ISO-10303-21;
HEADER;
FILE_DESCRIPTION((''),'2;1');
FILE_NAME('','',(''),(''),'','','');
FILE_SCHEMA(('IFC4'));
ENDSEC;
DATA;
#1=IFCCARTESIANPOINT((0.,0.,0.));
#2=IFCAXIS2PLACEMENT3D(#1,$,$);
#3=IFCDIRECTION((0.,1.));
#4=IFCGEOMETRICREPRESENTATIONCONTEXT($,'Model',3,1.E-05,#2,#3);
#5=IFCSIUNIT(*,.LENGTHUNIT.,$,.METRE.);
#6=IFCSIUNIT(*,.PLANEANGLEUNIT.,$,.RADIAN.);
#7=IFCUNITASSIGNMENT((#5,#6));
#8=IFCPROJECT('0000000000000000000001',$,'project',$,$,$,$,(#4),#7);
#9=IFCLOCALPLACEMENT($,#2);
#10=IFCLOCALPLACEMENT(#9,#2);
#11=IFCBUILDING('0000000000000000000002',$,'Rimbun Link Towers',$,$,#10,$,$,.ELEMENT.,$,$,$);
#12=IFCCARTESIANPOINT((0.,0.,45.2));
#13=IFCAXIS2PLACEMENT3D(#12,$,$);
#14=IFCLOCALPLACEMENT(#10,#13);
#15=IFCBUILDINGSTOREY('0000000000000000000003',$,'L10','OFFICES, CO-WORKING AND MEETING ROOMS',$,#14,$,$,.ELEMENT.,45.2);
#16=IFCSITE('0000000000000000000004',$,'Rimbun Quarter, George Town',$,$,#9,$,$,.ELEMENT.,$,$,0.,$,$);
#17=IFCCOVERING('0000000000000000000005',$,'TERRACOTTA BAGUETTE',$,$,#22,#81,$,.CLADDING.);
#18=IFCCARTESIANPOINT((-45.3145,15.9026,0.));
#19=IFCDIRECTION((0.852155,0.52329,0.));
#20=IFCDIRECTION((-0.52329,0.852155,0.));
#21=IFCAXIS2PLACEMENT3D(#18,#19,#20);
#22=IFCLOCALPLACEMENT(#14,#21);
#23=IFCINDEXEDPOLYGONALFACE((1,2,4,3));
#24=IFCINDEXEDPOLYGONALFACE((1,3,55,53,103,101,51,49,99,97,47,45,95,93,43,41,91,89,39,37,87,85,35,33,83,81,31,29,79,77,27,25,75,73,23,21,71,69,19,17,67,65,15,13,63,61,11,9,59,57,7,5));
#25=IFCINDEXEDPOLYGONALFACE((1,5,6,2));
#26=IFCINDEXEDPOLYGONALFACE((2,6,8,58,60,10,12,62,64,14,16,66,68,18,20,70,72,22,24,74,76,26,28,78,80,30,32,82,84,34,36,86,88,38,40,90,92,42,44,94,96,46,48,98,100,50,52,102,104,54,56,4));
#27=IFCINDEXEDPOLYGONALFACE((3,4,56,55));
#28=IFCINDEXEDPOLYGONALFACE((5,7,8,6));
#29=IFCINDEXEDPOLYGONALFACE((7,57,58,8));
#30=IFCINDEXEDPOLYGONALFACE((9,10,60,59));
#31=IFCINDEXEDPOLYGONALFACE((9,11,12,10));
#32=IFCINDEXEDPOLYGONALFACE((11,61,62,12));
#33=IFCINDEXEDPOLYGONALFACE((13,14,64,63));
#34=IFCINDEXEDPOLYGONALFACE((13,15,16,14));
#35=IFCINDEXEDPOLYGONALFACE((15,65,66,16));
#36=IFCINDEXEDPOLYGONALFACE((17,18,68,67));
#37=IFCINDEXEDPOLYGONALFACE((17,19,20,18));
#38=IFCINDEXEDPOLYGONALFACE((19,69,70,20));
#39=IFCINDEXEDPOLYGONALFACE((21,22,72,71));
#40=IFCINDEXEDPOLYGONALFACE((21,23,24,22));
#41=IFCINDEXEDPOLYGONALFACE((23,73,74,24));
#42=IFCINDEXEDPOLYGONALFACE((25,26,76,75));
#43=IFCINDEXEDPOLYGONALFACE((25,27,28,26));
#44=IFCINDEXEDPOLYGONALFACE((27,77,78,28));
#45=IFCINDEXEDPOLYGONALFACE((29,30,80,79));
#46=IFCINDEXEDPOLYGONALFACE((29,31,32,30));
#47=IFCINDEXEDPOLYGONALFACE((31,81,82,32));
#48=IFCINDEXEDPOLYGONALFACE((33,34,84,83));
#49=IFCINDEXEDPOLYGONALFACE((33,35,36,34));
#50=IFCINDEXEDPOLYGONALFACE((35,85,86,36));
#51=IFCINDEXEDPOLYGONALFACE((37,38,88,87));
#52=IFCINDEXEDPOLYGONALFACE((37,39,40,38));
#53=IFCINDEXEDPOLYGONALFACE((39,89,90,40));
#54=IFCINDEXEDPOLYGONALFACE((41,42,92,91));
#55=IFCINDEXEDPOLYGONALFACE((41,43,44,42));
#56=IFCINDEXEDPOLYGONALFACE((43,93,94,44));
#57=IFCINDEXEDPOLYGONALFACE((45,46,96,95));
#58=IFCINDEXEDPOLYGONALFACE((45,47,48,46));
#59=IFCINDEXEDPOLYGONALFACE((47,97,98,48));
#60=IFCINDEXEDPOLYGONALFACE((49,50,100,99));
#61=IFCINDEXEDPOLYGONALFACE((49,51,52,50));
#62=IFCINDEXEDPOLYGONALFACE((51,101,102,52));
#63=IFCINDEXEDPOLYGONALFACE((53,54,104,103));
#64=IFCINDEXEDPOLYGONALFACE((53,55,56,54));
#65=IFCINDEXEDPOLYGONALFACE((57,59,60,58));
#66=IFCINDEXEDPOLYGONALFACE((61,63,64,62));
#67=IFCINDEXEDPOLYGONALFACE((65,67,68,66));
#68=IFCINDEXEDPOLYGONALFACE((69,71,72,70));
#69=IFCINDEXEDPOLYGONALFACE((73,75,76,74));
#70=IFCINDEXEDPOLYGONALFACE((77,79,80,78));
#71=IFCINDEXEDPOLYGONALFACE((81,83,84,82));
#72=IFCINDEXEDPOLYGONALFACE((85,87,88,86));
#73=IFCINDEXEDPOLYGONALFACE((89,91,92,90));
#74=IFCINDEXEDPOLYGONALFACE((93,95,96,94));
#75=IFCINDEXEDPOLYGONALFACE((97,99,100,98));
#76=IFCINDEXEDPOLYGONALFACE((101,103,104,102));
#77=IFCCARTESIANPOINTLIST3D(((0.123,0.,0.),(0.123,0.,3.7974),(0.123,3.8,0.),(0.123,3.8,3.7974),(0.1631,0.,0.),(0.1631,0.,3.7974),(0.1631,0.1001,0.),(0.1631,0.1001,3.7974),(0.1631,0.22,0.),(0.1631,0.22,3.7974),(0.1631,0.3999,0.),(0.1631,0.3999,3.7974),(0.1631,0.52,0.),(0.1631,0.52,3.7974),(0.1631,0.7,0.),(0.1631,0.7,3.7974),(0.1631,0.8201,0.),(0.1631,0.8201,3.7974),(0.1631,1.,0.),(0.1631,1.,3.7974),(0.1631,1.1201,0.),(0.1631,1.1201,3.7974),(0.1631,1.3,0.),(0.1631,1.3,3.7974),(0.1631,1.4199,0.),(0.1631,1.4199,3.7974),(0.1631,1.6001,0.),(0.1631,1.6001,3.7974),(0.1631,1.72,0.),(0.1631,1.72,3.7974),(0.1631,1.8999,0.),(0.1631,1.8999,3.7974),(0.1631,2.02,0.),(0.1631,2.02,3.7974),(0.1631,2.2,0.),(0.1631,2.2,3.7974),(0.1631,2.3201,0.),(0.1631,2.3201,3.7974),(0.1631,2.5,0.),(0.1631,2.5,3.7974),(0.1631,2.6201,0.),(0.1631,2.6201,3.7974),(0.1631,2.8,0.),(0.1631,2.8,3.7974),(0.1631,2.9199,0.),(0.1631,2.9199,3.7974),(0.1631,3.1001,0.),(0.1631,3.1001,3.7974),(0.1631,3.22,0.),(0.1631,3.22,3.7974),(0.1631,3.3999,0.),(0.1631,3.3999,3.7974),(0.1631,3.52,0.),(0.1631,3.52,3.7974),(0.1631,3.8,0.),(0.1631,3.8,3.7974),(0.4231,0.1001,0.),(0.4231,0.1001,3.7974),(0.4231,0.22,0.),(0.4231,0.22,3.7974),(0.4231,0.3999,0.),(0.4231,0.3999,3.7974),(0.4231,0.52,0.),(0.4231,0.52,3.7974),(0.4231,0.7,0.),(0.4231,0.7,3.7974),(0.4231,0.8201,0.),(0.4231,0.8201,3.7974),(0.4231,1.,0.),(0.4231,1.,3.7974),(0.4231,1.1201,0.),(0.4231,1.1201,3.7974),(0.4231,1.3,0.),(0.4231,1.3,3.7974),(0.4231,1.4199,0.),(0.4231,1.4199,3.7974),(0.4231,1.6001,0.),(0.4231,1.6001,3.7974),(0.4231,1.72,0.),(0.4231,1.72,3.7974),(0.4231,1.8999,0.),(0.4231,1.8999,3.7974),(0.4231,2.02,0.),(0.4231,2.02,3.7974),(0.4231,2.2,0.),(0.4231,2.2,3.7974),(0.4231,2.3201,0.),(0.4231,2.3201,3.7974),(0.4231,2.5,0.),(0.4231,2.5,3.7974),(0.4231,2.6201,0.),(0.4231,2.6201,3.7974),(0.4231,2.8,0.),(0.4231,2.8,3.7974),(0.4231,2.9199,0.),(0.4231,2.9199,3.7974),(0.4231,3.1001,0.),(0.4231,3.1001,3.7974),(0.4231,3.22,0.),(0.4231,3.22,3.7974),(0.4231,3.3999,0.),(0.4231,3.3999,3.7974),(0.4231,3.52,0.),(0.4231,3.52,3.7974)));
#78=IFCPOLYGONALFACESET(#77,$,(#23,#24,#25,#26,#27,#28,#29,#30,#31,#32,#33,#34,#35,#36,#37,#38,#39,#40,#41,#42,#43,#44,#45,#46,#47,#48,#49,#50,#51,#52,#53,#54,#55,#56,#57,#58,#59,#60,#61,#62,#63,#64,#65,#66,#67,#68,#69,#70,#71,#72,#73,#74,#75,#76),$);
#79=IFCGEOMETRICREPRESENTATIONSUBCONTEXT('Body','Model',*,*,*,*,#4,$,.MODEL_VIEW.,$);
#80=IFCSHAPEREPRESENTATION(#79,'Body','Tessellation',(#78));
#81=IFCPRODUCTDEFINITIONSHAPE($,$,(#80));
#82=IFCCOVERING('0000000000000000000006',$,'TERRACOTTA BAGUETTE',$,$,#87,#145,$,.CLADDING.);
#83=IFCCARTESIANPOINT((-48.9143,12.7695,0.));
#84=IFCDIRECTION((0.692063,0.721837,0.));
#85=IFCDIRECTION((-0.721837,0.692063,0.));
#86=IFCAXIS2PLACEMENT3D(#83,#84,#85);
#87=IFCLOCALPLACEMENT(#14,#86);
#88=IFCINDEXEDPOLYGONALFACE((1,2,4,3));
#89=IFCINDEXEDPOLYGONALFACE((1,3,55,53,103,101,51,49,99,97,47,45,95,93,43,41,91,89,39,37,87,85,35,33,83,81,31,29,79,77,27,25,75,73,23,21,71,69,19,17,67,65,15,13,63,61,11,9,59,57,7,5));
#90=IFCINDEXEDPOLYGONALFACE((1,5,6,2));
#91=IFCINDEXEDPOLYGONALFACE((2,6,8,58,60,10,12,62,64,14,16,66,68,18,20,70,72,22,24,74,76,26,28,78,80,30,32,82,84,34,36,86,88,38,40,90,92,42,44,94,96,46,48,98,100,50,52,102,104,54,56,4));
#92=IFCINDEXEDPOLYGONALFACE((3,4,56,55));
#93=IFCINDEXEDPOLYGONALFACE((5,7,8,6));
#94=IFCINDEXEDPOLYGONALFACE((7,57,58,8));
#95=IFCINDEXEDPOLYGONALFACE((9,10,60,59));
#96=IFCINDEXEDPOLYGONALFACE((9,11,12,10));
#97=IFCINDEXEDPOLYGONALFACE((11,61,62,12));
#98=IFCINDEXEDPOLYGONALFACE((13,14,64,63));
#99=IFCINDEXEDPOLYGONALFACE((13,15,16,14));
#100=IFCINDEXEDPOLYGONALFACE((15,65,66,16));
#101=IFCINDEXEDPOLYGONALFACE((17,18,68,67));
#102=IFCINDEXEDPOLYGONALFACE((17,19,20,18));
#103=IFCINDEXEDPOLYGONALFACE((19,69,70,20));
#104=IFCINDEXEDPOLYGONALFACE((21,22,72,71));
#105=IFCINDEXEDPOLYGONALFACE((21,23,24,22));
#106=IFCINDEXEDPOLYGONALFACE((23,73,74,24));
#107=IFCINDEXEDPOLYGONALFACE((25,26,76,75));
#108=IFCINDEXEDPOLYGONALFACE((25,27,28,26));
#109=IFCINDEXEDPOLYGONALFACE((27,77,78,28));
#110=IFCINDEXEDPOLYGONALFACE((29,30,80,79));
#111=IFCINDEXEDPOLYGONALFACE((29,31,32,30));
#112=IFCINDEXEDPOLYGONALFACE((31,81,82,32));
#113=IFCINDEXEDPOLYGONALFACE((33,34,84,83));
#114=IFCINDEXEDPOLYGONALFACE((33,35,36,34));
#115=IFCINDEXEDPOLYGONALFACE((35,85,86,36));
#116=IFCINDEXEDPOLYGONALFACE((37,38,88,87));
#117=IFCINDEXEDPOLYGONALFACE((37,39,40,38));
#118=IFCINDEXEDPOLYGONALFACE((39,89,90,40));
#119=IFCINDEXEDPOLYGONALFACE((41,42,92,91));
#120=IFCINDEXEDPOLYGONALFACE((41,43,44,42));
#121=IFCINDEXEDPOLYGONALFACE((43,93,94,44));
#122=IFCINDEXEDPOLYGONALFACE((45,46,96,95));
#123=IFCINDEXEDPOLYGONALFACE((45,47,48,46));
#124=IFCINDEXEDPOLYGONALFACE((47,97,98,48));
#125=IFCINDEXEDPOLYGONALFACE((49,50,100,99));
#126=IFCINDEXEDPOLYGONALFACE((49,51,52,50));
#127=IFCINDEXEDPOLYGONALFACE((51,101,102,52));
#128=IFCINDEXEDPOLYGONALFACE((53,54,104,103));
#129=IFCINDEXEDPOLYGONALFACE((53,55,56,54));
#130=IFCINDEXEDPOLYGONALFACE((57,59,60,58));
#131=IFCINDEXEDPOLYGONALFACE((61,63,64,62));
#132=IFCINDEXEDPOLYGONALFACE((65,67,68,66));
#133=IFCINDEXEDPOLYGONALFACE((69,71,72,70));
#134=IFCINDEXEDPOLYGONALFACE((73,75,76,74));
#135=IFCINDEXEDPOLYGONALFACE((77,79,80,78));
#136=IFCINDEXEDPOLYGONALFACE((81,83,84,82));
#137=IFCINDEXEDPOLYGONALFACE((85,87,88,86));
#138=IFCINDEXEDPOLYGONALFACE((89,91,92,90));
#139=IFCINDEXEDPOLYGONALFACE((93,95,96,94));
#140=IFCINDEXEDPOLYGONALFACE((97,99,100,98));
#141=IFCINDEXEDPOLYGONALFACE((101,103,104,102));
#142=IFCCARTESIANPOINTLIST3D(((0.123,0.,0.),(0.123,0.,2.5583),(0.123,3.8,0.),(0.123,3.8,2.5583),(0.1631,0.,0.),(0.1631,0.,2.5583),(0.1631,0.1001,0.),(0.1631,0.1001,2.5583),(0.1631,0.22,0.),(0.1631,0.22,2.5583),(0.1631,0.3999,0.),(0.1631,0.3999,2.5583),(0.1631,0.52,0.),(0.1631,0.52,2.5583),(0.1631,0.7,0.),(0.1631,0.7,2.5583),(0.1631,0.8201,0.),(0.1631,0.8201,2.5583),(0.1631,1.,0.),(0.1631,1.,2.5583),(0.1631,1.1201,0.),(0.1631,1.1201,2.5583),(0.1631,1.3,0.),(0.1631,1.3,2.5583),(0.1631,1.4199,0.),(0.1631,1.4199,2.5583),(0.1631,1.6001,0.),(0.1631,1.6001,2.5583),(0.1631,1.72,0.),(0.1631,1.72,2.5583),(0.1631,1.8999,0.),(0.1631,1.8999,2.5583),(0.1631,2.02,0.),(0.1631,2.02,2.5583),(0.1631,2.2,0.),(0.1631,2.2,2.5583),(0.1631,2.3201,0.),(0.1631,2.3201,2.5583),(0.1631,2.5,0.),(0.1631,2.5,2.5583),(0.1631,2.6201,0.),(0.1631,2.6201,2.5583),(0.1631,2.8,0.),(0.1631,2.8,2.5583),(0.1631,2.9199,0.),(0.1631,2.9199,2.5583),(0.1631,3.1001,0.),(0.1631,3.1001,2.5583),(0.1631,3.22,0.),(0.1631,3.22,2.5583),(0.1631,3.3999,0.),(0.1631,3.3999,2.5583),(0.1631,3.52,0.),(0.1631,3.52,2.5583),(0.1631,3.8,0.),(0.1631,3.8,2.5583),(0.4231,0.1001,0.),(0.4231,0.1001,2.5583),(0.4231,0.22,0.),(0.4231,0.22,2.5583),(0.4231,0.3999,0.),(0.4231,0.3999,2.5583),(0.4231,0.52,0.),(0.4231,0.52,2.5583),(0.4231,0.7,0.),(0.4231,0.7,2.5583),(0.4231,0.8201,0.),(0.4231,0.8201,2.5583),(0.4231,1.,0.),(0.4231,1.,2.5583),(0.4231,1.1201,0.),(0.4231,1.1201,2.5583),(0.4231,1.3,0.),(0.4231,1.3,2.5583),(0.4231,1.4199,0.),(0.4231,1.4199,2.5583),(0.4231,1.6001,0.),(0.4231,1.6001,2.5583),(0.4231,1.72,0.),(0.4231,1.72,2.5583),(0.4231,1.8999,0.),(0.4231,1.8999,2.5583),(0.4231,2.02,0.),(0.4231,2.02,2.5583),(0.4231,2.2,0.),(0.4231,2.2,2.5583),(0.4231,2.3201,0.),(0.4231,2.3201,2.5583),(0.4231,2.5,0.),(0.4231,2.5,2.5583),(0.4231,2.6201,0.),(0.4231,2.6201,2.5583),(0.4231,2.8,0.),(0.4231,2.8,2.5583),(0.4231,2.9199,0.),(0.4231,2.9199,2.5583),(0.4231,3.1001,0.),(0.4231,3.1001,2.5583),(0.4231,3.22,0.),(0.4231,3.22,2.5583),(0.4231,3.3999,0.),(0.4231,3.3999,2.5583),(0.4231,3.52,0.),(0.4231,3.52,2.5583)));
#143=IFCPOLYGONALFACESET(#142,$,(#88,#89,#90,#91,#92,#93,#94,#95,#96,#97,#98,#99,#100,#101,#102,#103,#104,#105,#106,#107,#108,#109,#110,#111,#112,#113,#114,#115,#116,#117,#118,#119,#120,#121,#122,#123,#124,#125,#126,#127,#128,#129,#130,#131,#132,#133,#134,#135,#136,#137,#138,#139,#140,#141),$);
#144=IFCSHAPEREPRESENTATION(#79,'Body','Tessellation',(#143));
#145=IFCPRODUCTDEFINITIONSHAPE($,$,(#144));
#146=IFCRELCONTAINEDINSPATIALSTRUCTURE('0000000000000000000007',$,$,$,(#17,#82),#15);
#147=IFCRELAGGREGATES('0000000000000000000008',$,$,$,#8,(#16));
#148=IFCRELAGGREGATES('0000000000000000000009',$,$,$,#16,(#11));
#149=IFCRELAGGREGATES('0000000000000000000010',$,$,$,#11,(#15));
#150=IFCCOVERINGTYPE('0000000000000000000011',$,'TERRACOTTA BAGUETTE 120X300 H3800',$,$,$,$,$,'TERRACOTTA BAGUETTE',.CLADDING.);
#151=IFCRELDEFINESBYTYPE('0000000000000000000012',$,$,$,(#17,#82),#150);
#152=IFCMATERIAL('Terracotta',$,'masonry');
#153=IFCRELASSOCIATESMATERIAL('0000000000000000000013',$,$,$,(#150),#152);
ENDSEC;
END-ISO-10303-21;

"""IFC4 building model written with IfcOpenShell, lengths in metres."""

from ifc_helpers import new_model, si_unit, direction, frame, origin, place, context, subcontext, project, spatial, polyline, outline, extrude, material, material_profile, profile_set, type_object, element, save


model = new_model("IFC4")

# Units and contexts
model_context = context("Model", 3, precision=1e-05, world=origin(), true_north=direction((0.0, 1.0)))
body_context = subcontext(model_context, "Body", "Model", "MODEL_VIEW")
ifc_project = project(units=[si_unit("LENGTHUNIT", "METRE"), si_unit("PLANEANGLEUNIT", "RADIAN")], contexts=[model_context])

# Site, building, storey
site_placement = place(None, origin())
site = spatial("IfcSite", under=ifc_project, at=site_placement, Name="Rimbun Quarter, George Town", CompositionType="ELEMENT", RefElevation=0.0)
building_placement = place(site_placement, origin())
building = spatial("IfcBuilding", under=site, at=building_placement, Name="Rimbun Link Towers", CompositionType="ELEMENT")
storey_placement = place(building_placement, frame((0.0, 0.0, 45.2)))
storey = spatial("IfcBuildingStorey", under=building, at=storey_placement, Name="L10", Description="OFFICES, CO-WORKING AND MEETING ROOMS", CompositionType="ELEMENT", Elevation=45.2)

# Coverings
ifc_material_1 = material(Name="Terracotta", Category="masonry")
ifc_material_profile_1 = material_profile(ifc_material_1, outline(polyline([(0.123, 0.0), (0.1631, 0.0), (0.1631, 0.1001), (0.4231, 0.1001), (0.4231, 0.22), (0.1631, 0.22), (0.1631, 0.3999), (0.4231, 0.3999), (0.4231, 0.52), (0.1631, 0.52), (0.1631, 0.7), (0.4231, 0.7), (0.4231, 0.8201), (0.1631, 0.8201), (0.1631, 1.0), (0.4231, 1.0), (0.4231, 1.1201), (0.1631, 1.1201), (0.1631, 1.3), (0.4231, 1.3), (0.4231, 1.4199), (0.1631, 1.4199), (0.1631, 1.6001), (0.4231, 1.6001), (0.4231, 1.72), (0.1631, 1.72), (0.1631, 1.8999), (0.4231, 1.8999), (0.4231, 2.02), (0.1631, 2.02), (0.1631, 2.2), (0.4231, 2.2), (0.4231, 2.3201), (0.1631, 2.3201), (0.1631, 2.5), (0.4231, 2.5), (0.4231, 2.6201), (0.1631, 2.6201), (0.1631, 2.8), (0.4231, 2.8), (0.4231, 2.9199), (0.1631, 2.9199), (0.1631, 3.1001), (0.4231, 3.1001), (0.4231, 3.22), (0.1631, 3.22), (0.1631, 3.3999), (0.4231, 3.3999), (0.4231, 3.52), (0.1631, 3.52), (0.1631, 3.8), (0.123, 3.8), (0.123, 0.0)])), Name="BAGUETTE 120X300")
ifc_profile_set_1 = profile_set([ifc_material_profile_1], Name="Terracotta")
covering_type = type_object("IfcCoveringType", Name="TERRACOTTA BAGUETTE 120X300 H3800", ElementType="TERRACOTTA BAGUETTE", PredefinedType="CLADDING", material=ifc_profile_set_1)
covering_1_placement = place(storey_placement, frame((-45.3145, 15.9026, 0.0), z_axis=(0.852155, 0.52329, 0.0), x_axis=(-0.52329, 0.852155, 0.0)))
element("IfcCovering", 1, at=covering_1_placement, inside=storey, type_object=covering_type, Name="TERRACOTTA BAGUETTE", PredefinedType="CLADDING", context=body_context, shape_type="SweptSolid", body=[
    extrude(outline(polyline([(0.123, 0.0), (0.1631, 0.0), (0.1631, 0.1001), (0.4231, 0.1001), (0.4231, 0.22), (0.1631, 0.22), (0.1631, 0.3999), (0.4231, 0.3999), (0.4231, 0.52), (0.1631, 0.52), (0.1631, 0.7), (0.4231, 0.7), (0.4231, 0.8201), (0.1631, 0.8201), (0.1631, 1.0), (0.4231, 1.0), (0.4231, 1.1201), (0.1631, 1.1201), (0.1631, 1.3), (0.4231, 1.3), (0.4231, 1.4199), (0.1631, 1.4199), (0.1631, 1.6001), (0.4231, 1.6001), (0.4231, 1.72), (0.1631, 1.72), (0.1631, 1.8999), (0.4231, 1.8999), (0.4231, 2.02), (0.1631, 2.02), (0.1631, 2.2), (0.4231, 2.2), (0.4231, 2.3201), (0.1631, 2.3201), (0.1631, 2.5), (0.4231, 2.5), (0.4231, 2.6201), (0.1631, 2.6201), (0.1631, 2.8), (0.4231, 2.8), (0.4231, 2.9199), (0.1631, 2.9199), (0.1631, 3.1001), (0.4231, 3.1001), (0.4231, 3.22), (0.1631, 3.22), (0.1631, 3.3999), (0.4231, 3.3999), (0.4231, 3.52), (0.1631, 3.52), (0.1631, 3.8), (0.123, 3.8), (0.123, 0.0)])), origin(), (0.0, 0.0, 1.0), 3.7974),
])
covering_2_placement = place(storey_placement, frame((-48.9143, 12.7695, 0.0), z_axis=(0.692063, 0.721837, 0.0), x_axis=(-0.721837, 0.692063, 0.0)))
element("IfcCovering", 2, at=covering_2_placement, inside=storey, type_object=covering_type, Name="TERRACOTTA BAGUETTE", PredefinedType="CLADDING", context=body_context, shape_type="SweptSolid", body=[
    extrude(outline(polyline([(0.123, 0.0), (0.1631, 0.0), (0.1631, 0.1001), (0.4231, 0.1001), (0.4231, 0.22), (0.1631, 0.22), (0.1631, 0.3999), (0.4231, 0.3999), (0.4231, 0.52), (0.1631, 0.52), (0.1631, 0.7), (0.4231, 0.7), (0.4231, 0.8201), (0.1631, 0.8201), (0.1631, 1.0), (0.4231, 1.0), (0.4231, 1.1201), (0.1631, 1.1201), (0.1631, 1.3), (0.4231, 1.3), (0.4231, 1.4199), (0.1631, 1.4199), (0.1631, 1.6001), (0.4231, 1.6001), (0.4231, 1.72), (0.1631, 1.72), (0.1631, 1.8999), (0.4231, 1.8999), (0.4231, 2.02), (0.1631, 2.02), (0.1631, 2.2), (0.4231, 2.2), (0.4231, 2.3201), (0.1631, 2.3201), (0.1631, 2.5), (0.4231, 2.5), (0.4231, 2.6201), (0.1631, 2.6201), (0.1631, 2.8), (0.4231, 2.8), (0.4231, 2.9199), (0.1631, 2.9199), (0.1631, 3.1001), (0.4231, 3.1001), (0.4231, 3.22), (0.1631, 3.22), (0.1631, 3.3999), (0.4231, 3.3999), (0.4231, 3.52), (0.1631, 3.52), (0.1631, 3.8), (0.123, 3.8), (0.123, 0.0)])), origin(), (0.0, 0.0, 1.0), 2.5583),
])

save(model, "model.ifc")
